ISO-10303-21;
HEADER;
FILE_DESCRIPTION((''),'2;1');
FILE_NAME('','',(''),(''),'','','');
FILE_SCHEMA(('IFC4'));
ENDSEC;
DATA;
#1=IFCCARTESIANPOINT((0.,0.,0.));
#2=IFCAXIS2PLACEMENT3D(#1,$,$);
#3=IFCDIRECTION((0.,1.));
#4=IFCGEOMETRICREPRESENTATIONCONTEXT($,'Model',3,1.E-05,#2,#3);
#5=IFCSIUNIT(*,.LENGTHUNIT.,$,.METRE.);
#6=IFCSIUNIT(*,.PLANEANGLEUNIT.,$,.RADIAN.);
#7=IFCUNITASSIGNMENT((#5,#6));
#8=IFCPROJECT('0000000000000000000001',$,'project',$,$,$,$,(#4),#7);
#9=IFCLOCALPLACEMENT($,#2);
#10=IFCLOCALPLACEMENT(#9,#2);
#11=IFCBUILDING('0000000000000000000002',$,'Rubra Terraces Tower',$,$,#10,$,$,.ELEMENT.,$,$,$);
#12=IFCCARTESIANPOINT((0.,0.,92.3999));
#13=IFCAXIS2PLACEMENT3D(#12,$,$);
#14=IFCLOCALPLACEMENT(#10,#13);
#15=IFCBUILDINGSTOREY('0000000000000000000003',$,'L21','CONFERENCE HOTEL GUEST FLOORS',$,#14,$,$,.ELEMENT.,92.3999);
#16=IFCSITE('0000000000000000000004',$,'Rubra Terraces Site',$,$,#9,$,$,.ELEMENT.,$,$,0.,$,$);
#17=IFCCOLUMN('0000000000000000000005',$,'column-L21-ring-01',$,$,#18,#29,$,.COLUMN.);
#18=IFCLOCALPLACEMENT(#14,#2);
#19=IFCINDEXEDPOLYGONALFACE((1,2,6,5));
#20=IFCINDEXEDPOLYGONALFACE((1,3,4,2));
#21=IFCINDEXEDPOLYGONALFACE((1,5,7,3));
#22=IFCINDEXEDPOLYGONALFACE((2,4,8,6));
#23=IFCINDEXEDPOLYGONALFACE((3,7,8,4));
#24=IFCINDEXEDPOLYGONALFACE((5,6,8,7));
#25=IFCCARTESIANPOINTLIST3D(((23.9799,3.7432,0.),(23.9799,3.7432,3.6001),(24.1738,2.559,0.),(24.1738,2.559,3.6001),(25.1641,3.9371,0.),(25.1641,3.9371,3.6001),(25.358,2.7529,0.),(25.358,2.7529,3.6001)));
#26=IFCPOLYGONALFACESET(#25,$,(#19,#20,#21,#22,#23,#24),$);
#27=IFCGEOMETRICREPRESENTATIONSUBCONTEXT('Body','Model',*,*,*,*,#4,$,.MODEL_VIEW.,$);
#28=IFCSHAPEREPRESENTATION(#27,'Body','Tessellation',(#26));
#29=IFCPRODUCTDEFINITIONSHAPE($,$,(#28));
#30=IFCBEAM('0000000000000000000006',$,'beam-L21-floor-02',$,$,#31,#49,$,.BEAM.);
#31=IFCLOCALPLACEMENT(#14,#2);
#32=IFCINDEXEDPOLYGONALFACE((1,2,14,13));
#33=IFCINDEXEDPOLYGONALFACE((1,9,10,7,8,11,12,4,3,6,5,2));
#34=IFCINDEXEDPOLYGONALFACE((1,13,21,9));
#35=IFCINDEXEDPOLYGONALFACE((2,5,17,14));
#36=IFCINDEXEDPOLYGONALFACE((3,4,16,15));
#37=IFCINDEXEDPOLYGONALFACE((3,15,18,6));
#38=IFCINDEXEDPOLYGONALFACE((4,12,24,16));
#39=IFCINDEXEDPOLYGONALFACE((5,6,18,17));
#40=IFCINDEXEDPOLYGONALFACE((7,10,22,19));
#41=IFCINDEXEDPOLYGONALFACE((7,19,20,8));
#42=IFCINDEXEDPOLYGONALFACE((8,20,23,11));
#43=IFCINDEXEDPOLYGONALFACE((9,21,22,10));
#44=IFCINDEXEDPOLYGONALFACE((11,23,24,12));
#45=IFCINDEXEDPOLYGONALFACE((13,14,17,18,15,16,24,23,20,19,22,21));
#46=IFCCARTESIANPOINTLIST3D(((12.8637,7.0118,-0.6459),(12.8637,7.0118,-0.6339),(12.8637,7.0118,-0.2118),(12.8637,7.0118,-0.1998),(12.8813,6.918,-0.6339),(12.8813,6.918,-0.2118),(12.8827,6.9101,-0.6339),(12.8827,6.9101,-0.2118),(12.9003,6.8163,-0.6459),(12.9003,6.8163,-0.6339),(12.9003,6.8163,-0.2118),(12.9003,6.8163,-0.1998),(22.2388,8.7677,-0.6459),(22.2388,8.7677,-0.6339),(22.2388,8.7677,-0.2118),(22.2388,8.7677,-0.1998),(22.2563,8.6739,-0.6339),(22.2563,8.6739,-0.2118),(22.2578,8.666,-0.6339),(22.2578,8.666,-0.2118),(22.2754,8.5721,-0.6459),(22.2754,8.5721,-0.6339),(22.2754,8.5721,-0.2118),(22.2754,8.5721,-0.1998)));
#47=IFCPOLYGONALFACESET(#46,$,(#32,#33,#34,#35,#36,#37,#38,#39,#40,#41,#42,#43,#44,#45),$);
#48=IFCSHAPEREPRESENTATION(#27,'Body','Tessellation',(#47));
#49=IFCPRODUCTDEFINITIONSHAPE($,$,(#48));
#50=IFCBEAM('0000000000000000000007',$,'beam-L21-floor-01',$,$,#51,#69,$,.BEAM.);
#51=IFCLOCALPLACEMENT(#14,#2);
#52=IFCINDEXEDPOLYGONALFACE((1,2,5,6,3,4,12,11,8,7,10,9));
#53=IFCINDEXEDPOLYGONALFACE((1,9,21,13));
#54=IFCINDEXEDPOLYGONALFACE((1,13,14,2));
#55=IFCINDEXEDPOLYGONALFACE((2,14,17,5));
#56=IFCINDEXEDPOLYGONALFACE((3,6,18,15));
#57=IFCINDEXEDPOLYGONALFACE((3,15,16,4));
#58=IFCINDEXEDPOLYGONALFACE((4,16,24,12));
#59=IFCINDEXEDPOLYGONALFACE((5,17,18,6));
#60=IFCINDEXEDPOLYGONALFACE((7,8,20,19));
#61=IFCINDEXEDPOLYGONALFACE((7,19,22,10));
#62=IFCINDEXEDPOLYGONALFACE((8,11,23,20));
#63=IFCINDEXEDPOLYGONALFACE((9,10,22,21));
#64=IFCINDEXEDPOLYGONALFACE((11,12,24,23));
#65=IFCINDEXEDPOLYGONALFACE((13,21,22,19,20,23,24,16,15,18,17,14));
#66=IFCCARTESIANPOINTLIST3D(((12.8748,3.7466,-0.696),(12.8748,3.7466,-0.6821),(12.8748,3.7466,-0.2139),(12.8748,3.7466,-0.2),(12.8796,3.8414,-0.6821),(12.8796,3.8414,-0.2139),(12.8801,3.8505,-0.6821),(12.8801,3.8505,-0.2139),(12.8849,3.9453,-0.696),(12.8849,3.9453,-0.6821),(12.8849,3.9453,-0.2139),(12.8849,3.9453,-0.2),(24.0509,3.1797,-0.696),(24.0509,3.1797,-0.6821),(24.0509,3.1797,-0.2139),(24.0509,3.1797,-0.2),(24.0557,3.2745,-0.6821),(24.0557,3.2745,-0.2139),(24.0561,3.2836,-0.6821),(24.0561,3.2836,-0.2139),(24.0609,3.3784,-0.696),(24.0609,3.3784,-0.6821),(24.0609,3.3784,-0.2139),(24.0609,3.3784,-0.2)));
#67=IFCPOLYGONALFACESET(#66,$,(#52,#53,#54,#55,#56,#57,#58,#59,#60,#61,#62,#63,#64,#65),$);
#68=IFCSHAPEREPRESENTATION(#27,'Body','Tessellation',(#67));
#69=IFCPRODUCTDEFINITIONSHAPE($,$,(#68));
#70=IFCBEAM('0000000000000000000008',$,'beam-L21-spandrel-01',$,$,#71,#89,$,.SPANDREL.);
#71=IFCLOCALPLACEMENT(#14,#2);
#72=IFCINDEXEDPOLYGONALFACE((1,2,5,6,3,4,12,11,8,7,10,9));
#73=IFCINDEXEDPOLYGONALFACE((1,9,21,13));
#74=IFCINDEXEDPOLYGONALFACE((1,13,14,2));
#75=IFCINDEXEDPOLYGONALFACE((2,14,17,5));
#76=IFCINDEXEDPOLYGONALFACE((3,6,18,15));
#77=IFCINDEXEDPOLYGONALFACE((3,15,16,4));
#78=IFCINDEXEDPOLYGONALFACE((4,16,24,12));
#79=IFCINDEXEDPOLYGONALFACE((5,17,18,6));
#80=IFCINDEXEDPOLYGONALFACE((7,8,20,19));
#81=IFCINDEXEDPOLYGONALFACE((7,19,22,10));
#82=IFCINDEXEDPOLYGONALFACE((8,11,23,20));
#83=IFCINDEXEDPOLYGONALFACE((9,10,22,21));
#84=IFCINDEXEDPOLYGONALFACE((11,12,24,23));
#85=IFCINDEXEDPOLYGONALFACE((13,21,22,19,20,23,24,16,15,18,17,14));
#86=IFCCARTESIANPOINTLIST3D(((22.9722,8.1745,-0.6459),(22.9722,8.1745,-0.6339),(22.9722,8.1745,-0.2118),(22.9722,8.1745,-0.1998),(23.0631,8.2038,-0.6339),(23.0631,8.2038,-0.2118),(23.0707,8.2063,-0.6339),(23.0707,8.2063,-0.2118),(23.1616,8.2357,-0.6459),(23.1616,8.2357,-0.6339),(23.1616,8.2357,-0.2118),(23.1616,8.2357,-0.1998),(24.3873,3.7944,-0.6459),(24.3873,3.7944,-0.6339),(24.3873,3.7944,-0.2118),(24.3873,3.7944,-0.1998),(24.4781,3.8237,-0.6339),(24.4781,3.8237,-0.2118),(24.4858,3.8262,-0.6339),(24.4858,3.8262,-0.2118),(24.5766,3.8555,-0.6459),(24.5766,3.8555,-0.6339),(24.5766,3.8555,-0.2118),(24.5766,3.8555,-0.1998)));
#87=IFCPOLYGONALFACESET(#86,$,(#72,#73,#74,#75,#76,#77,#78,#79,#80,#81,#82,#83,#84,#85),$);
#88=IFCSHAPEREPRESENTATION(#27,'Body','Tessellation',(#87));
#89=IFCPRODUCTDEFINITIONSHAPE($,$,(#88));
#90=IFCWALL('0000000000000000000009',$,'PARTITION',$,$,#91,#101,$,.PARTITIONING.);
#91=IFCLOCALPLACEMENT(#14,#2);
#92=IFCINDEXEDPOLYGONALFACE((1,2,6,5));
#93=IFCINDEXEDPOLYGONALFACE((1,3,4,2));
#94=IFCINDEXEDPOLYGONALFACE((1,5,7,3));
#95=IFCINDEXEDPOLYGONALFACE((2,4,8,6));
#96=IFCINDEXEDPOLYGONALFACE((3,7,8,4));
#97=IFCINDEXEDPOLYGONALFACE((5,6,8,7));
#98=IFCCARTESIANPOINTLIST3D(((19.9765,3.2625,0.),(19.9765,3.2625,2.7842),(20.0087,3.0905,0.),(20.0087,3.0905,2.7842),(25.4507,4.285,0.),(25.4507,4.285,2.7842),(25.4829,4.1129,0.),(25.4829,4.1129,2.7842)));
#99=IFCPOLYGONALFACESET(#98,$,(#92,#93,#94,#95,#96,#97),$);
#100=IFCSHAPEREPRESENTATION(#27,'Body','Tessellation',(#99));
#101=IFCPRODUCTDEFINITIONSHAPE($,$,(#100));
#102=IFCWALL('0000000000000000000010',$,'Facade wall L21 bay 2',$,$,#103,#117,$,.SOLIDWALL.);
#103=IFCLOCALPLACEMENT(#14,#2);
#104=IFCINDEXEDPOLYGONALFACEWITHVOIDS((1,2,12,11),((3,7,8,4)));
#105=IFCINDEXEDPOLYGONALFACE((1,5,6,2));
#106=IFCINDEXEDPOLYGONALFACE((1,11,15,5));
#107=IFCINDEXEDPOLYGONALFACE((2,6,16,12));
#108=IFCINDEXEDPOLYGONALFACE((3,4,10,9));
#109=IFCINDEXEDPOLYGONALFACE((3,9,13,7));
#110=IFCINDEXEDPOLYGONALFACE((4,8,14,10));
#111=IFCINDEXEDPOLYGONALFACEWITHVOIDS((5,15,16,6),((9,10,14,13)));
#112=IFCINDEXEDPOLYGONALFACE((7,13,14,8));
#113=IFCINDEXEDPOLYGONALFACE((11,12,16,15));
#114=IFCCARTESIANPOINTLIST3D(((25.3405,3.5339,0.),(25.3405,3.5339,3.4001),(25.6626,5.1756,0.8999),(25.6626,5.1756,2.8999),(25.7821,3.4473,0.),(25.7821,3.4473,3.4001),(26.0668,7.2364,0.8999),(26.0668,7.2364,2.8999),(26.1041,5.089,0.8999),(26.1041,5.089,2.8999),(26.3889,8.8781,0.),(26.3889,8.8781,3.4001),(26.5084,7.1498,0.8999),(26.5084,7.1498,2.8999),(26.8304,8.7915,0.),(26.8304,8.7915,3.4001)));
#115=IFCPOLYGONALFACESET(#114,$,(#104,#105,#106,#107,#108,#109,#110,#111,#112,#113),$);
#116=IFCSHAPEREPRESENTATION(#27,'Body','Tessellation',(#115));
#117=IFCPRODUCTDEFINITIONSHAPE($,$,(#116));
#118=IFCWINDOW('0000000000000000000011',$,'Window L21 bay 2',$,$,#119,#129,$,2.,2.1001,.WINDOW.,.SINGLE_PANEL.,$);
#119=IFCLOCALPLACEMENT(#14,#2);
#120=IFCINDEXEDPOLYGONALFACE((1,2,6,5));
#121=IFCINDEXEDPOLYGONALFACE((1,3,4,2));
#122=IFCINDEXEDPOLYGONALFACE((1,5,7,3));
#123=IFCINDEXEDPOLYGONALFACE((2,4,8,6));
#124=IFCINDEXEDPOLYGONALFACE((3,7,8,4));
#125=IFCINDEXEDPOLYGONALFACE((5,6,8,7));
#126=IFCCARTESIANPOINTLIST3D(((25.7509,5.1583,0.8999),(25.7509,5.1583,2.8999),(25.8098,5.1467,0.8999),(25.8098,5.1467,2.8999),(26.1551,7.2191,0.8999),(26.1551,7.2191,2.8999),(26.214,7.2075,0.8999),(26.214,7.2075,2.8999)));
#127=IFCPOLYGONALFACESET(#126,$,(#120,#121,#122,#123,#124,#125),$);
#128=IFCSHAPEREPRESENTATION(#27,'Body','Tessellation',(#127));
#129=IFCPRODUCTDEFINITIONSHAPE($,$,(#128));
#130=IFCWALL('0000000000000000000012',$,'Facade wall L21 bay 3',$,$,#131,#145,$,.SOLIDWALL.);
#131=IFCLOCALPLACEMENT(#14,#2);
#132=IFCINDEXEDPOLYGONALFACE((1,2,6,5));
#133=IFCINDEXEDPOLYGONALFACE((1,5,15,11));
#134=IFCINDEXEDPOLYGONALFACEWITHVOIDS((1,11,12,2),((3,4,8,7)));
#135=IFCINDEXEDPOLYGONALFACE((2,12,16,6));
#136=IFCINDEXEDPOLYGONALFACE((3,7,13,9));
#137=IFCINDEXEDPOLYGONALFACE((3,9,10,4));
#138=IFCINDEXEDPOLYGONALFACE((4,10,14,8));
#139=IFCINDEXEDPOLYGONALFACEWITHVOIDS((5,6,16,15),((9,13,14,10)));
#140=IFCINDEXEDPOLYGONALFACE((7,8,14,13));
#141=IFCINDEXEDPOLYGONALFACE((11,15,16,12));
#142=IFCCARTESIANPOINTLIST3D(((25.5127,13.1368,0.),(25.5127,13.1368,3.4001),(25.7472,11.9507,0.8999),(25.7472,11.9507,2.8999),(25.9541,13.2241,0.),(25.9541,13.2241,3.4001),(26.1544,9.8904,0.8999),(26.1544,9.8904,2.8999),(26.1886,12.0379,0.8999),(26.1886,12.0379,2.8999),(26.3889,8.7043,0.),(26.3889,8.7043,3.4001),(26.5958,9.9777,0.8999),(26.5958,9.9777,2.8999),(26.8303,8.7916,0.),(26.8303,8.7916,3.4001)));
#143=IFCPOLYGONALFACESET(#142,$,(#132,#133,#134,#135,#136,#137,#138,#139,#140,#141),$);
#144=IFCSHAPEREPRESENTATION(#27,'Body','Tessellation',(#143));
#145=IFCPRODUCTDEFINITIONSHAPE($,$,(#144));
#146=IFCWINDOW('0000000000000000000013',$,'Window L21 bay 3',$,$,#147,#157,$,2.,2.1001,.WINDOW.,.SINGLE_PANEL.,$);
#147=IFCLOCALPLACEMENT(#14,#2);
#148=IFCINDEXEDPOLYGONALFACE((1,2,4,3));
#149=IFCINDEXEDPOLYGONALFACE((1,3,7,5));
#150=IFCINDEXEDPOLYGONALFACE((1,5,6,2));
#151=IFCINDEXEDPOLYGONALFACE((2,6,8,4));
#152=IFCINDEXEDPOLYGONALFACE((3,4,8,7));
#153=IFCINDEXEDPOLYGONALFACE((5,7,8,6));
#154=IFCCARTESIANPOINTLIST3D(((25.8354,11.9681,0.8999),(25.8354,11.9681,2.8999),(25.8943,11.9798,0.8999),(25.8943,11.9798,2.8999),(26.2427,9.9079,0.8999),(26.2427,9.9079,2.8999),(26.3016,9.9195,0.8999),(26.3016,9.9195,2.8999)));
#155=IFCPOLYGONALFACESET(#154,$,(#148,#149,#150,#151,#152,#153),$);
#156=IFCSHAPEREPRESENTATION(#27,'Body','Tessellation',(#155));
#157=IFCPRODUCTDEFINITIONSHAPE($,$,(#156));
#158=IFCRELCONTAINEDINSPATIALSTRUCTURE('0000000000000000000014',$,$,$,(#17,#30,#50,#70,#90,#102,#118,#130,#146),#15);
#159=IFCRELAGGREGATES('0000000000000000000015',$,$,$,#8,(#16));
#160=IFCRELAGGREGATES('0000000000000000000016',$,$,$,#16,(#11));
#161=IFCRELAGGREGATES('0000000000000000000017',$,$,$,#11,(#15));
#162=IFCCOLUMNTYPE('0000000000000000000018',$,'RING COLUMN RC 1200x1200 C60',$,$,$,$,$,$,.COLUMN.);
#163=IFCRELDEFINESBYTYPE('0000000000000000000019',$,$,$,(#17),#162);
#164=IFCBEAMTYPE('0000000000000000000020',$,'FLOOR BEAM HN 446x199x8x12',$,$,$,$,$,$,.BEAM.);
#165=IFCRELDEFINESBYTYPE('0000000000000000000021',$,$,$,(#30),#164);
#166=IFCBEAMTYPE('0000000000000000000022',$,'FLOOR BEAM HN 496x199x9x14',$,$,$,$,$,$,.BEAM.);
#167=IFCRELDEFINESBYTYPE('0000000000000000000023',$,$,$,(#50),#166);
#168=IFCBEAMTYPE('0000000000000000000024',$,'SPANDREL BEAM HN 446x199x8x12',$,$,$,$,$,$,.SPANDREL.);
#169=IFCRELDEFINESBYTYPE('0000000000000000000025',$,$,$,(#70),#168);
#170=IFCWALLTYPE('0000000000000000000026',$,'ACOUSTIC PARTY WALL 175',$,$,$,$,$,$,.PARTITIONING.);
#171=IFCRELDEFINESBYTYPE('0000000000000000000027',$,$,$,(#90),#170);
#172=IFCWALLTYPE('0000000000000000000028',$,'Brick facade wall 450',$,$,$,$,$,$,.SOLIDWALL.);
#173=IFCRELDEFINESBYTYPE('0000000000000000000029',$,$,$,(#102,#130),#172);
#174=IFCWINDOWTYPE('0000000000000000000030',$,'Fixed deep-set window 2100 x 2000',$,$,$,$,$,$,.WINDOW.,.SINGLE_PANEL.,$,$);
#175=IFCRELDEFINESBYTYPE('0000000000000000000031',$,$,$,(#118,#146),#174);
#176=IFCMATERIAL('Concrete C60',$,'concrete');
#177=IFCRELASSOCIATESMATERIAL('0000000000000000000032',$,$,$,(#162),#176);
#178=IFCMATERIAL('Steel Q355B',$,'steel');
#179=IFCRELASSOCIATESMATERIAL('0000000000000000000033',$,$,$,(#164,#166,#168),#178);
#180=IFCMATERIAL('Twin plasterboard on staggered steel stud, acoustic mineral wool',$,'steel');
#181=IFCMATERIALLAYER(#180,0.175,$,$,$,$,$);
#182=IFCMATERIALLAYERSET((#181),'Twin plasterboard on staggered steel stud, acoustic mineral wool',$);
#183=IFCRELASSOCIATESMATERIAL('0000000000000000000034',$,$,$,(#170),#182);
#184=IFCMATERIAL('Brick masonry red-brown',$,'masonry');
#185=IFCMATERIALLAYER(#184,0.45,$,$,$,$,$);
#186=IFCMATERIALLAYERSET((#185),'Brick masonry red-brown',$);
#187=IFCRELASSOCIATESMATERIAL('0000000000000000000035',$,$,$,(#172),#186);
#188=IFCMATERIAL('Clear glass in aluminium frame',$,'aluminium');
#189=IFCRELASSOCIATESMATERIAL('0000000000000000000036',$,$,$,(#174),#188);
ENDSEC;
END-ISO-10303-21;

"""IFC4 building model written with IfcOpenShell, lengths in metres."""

from ifc_helpers import new_model, si_unit, direction, frame, frame_2d, origin, origin_2d, place, context, subcontext, project, spatial, rectangle, i_section, extrude, material, layer, layer_set, material_profile, profile_set, type_object, element, fill, save


model = new_model("IFC4")

# Units and contexts
model_context = context("Model", 3, precision=1e-05, world=origin(), true_north=direction((0.0, 1.0)))
body_context = subcontext(model_context, "Body", "Model", "MODEL_VIEW")
ifc_project = project(units=[si_unit("LENGTHUNIT", "METRE"), si_unit("PLANEANGLEUNIT", "RADIAN")], contexts=[model_context])

# Site, building, storey
site_placement = place(None, origin())
site = spatial("IfcSite", under=ifc_project, at=site_placement, Name="Rubra Terraces Site", CompositionType="ELEMENT", RefElevation=0.0)
building_placement = place(site_placement, origin())
building = spatial("IfcBuilding", under=site, at=building_placement, Name="Rubra Terraces Tower", CompositionType="ELEMENT")
storey_placement = place(building_placement, frame((0.0, 0.0, 92.3999)))
storey = spatial("IfcBuildingStorey", under=building, at=storey_placement, Name="L21", Description="CONFERENCE HOTEL GUEST FLOORS", CompositionType="ELEMENT", Elevation=92.3999)

# Column
ifc_material_1 = material(Name="Concrete C60", Category="concrete")
ifc_material_profile_1 = material_profile(ifc_material_1, rectangle(XDim=1.2, YDim=1.2, at=origin_2d()), Name="RC 1200x1200")
ifc_profile_set_1 = profile_set([ifc_material_profile_1], Name="Concrete C60")
column_type = type_object("IfcColumnType", Name="RING COLUMN RC 1200x1200 C60", PredefinedType="COLUMN", material=ifc_profile_set_1)
column_placement = place(storey_placement, frame((24.6689, 3.248, 0.0), z_axis=(0.0, 0.0, 1.0), x_axis=(-0.161559, 0.986863, 0.0)))
element("IfcColumn", 1, at=column_placement, inside=storey, type_object=column_type, Name="column-L21-ring-01", PredefinedType="COLUMN", context=body_context, shape_type="SweptSolid", body=[
    extrude(rectangle(XDim=1.2, YDim=1.2, at=origin_2d()), origin(), (0.0, 0.0, 1.0), 3.6001),
])

# Beams
ifc_material_2 = material(Name="Steel Q355B", Category="steel")
ifc_material_profile_2 = material_profile(ifc_material_2, i_section(OverallWidth=0.199, OverallDepth=0.446, WebThickness=0.0081, FlangeThickness=0.012, at=origin_2d()), Name="HN 446x199x8x12")
ifc_profile_set_2 = profile_set([ifc_material_profile_2], Name="Steel Q355B")
beam_type_1 = type_object("IfcBeamType", Name="FLOOR BEAM HN 446x199x8x12", PredefinedType="BEAM", material=ifc_profile_set_2)
beam_1_placement = place(storey_placement, frame((22.2571, 8.6699, -0.4229), z_axis=(-0.982909, -0.184091, 0.0), x_axis=(0.184091, -0.982909, 0.0)))
element("IfcBeam", 2, at=beam_1_placement, inside=storey, type_object=beam_type_1, Name="beam-L21-floor-02", PredefinedType="BEAM", context=body_context, shape_type="SweptSolid", body=[
    extrude(i_section(OverallWidth=0.199, OverallDepth=0.446, WebThickness=0.0081, FlangeThickness=0.012, at=origin_2d()), origin(), (0.0, 0.0, 1.0), 9.5381),
])
ifc_material_profile_3 = material_profile(ifc_material_2, i_section(OverallWidth=0.199, OverallDepth=0.4961, WebThickness=0.009, FlangeThickness=0.0139, at=origin_2d()), Name="HN 496x199x9x14")
ifc_profile_set_3 = profile_set([ifc_material_profile_3], Name="Steel Q355B")
beam_type_2 = type_object("IfcBeamType", Name="FLOOR BEAM HN 496x199x9x14", PredefinedType="BEAM", material=ifc_profile_set_3)
beam_2_placement = place(storey_placement, frame((24.0559, 3.2791, -0.448), z_axis=(-0.998716, 0.050659, 0.0), x_axis=(-0.050659, -0.998716, 0.0)))
element("IfcBeam", 3, at=beam_2_placement, inside=storey, type_object=beam_type_2, Name="beam-L21-floor-01", PredefinedType="BEAM", context=body_context, shape_type="SweptSolid", body=[
    extrude(i_section(OverallWidth=0.199, OverallDepth=0.4961, WebThickness=0.009, FlangeThickness=0.0139, at=origin_2d()), origin(), (0.0, 0.0, 1.0), 11.1904),
])
ifc_material_profile_4 = material_profile(ifc_material_2, i_section(OverallWidth=0.199, OverallDepth=0.446, WebThickness=0.0081, FlangeThickness=0.012, at=origin_2d()), Name="HN 446x199x8x12")
ifc_profile_set_4 = profile_set([ifc_material_profile_4], Name="Steel Q355B")
beam_type_3 = type_object("IfcBeamType", Name="SPANDREL BEAM HN 446x199x8x12", PredefinedType="SPANDREL", material=ifc_profile_set_4)
beam_3_placement = place(storey_placement, frame((24.4819, 3.825, -0.4229), z_axis=(-0.307415, 0.951576, 0.0), x_axis=(-0.951576, -0.307415, 0.0)))
element("IfcBeam", 4, at=beam_3_placement, inside=storey, type_object=beam_type_3, Name="beam-L21-spandrel-01", PredefinedType="SPANDREL", context=body_context, shape_type="SweptSolid", body=[
    extrude(i_section(OverallWidth=0.199, OverallDepth=0.446, WebThickness=0.0081, FlangeThickness=0.012, at=origin_2d()), origin(), (0.0, 0.0, 1.0), 4.603),
])

# Wall
ifc_material_3 = material(Name="Twin plasterboard on staggered steel stud, acoustic mineral wool", Category="steel")
ifc_layer_1 = layer(ifc_material_3, 0.175)
ifc_layer_set_1 = layer_set([ifc_layer_1], Name="Twin plasterboard on staggered steel stud, acoustic mineral wool")
wall_type_1 = type_object("IfcWallType", Name="ACOUSTIC PARTY WALL 175", PredefinedType="PARTITIONING", material=ifc_layer_set_1)
wall_1_placement = place(storey_placement, frame((25.4668, 4.199, 0.0), z_axis=(0.0, 0.0, 1.0), x_axis=(-0.983, -0.183606, 0.0)))
element("IfcWall", 5, at=wall_1_placement, inside=storey, type_object=wall_type_1, Name="PARTITION", PredefinedType="PARTITIONING", context=body_context, shape_type="SweptSolid", body=[
    extrude(rectangle(XDim=5.5688, YDim=0.175, at=frame_2d((2.7844, 0.0))), origin(), (0.0, 0.0, 1.0), 2.7842),
])

# Walls, openings, windows
ifc_material_4 = material(Name="Brick masonry red-brown", Category="masonry")
ifc_layer_2 = layer(ifc_material_4, 0.45)
ifc_layer_set_2 = layer_set([ifc_layer_2], Name="Brick masonry red-brown")
wall_type_2 = type_object("IfcWallType", Name="Brick facade wall 450", PredefinedType="SOLIDWALL", material=ifc_layer_set_2)
wall_2_placement = place(storey_placement, frame((25.5613, 3.4905, 0.0), z_axis=(0.0, 0.0, 1.0), x_axis=(0.192494, 0.981298, 0.0)))
wall_2 = element("IfcWall", 6, at=wall_2_placement, inside=storey, type_object=wall_type_2, Name="Facade wall L21 bay 2", PredefinedType="SOLIDWALL", context=body_context, shape_type="SweptSolid", body=[
    extrude(rectangle(XDim=5.446, YDim=0.45, at=frame_2d((2.7231, 0.0))), origin(), (0.0, 0.0, 1.0), 3.4001),
])
opening_1_placement = place(wall_2_placement, frame((1.6731, 0.0, 0.8999)))
opening_1 = element("IfcOpeningElement", 7, at=opening_1_placement, cuts=wall_2, PredefinedType="OPENING", context=body_context, shape_type="SweptSolid", body=[
    extrude(rectangle(XDim=2.1001, YDim=2.0, at=frame_2d((1.05, 1.0))), frame((0.0, 0.2349, 0.0), z_axis=(0.0, -1.0, 0.0), x_axis=(1.0, 0.0, 0.0)), (0.0, 0.0, 1.0), 0.47),
])
ifc_material_5 = material(Name="Clear glass in aluminium frame", Category="aluminium")
window_type = type_object("IfcWindowType", Name="Fixed deep-set window 2100 x 2000", PartitioningType="SINGLE_PANEL", PredefinedType="WINDOW", material=ifc_material_5)
window_1_placement = place(opening_1_placement, origin())
window_1 = element("IfcWindow", 8, at=window_1_placement, inside=storey, type_object=window_type, Name="Window L21 bay 2", OverallHeight=2.0, OverallWidth=2.1001, PartitioningType="SINGLE_PANEL", PredefinedType="WINDOW", context=body_context, shape_type="SweptSolid", body=[
    extrude(rectangle(XDim=2.1001, YDim=2.0, at=frame_2d((1.05, 1.0))), frame((0.0, 0.135, 0.0), z_axis=(0.0, -1.0, 0.0), x_axis=(1.0, 0.0, 0.0)), (0.0, 0.0, 1.0), 0.0601),
])
fill(opening_1, window_1)
wall_3_placement = place(storey_placement, frame((26.6096, 8.7478, 0.0), z_axis=(0.0, 0.0, 1.0), x_axis=(-0.193923, 0.981017, 0.0)))
wall_3 = element("IfcWall", 9, at=wall_3_placement, inside=storey, type_object=wall_type_2, Name="Facade wall L21 bay 3", PredefinedType="SOLIDWALL", context=body_context, shape_type="SweptSolid", body=[
    extrude(rectangle(XDim=4.5183, YDim=0.45, at=frame_2d((2.2593, 0.0))), origin(), (0.0, 0.0, 1.0), 3.4001),
])
opening_2_placement = place(wall_3_placement, frame((1.2092, 0.0, 0.8999)))
opening_2 = element("IfcOpeningElement", 10, at=opening_2_placement, cuts=wall_3, PredefinedType="OPENING", context=body_context, shape_type="SweptSolid", body=[
    extrude(rectangle(XDim=2.1001, YDim=2.0, at=frame_2d((1.05, 1.0))), frame((0.0, 0.2349, 0.0), z_axis=(0.0, -1.0, 0.0), x_axis=(1.0, 0.0, 0.0)), (0.0, 0.0, 1.0), 0.47),
])
window_2_placement = place(opening_2_placement, origin())
window_2 = element("IfcWindow", 11, at=window_2_placement, inside=storey, type_object=window_type, Name="Window L21 bay 3", OverallHeight=2.0, OverallWidth=2.1001, PartitioningType="SINGLE_PANEL", PredefinedType="WINDOW", context=body_context, shape_type="SweptSolid", body=[
    extrude(rectangle(XDim=2.1001, YDim=2.0, at=frame_2d((1.05, 1.0))), frame((0.0, 0.135, 0.0), z_axis=(0.0, -1.0, 0.0), x_axis=(1.0, 0.0, 0.0)), (0.0, 0.0, 1.0), 0.0601),
])
fill(opening_2, window_2)

save(model, "model.ifc")
